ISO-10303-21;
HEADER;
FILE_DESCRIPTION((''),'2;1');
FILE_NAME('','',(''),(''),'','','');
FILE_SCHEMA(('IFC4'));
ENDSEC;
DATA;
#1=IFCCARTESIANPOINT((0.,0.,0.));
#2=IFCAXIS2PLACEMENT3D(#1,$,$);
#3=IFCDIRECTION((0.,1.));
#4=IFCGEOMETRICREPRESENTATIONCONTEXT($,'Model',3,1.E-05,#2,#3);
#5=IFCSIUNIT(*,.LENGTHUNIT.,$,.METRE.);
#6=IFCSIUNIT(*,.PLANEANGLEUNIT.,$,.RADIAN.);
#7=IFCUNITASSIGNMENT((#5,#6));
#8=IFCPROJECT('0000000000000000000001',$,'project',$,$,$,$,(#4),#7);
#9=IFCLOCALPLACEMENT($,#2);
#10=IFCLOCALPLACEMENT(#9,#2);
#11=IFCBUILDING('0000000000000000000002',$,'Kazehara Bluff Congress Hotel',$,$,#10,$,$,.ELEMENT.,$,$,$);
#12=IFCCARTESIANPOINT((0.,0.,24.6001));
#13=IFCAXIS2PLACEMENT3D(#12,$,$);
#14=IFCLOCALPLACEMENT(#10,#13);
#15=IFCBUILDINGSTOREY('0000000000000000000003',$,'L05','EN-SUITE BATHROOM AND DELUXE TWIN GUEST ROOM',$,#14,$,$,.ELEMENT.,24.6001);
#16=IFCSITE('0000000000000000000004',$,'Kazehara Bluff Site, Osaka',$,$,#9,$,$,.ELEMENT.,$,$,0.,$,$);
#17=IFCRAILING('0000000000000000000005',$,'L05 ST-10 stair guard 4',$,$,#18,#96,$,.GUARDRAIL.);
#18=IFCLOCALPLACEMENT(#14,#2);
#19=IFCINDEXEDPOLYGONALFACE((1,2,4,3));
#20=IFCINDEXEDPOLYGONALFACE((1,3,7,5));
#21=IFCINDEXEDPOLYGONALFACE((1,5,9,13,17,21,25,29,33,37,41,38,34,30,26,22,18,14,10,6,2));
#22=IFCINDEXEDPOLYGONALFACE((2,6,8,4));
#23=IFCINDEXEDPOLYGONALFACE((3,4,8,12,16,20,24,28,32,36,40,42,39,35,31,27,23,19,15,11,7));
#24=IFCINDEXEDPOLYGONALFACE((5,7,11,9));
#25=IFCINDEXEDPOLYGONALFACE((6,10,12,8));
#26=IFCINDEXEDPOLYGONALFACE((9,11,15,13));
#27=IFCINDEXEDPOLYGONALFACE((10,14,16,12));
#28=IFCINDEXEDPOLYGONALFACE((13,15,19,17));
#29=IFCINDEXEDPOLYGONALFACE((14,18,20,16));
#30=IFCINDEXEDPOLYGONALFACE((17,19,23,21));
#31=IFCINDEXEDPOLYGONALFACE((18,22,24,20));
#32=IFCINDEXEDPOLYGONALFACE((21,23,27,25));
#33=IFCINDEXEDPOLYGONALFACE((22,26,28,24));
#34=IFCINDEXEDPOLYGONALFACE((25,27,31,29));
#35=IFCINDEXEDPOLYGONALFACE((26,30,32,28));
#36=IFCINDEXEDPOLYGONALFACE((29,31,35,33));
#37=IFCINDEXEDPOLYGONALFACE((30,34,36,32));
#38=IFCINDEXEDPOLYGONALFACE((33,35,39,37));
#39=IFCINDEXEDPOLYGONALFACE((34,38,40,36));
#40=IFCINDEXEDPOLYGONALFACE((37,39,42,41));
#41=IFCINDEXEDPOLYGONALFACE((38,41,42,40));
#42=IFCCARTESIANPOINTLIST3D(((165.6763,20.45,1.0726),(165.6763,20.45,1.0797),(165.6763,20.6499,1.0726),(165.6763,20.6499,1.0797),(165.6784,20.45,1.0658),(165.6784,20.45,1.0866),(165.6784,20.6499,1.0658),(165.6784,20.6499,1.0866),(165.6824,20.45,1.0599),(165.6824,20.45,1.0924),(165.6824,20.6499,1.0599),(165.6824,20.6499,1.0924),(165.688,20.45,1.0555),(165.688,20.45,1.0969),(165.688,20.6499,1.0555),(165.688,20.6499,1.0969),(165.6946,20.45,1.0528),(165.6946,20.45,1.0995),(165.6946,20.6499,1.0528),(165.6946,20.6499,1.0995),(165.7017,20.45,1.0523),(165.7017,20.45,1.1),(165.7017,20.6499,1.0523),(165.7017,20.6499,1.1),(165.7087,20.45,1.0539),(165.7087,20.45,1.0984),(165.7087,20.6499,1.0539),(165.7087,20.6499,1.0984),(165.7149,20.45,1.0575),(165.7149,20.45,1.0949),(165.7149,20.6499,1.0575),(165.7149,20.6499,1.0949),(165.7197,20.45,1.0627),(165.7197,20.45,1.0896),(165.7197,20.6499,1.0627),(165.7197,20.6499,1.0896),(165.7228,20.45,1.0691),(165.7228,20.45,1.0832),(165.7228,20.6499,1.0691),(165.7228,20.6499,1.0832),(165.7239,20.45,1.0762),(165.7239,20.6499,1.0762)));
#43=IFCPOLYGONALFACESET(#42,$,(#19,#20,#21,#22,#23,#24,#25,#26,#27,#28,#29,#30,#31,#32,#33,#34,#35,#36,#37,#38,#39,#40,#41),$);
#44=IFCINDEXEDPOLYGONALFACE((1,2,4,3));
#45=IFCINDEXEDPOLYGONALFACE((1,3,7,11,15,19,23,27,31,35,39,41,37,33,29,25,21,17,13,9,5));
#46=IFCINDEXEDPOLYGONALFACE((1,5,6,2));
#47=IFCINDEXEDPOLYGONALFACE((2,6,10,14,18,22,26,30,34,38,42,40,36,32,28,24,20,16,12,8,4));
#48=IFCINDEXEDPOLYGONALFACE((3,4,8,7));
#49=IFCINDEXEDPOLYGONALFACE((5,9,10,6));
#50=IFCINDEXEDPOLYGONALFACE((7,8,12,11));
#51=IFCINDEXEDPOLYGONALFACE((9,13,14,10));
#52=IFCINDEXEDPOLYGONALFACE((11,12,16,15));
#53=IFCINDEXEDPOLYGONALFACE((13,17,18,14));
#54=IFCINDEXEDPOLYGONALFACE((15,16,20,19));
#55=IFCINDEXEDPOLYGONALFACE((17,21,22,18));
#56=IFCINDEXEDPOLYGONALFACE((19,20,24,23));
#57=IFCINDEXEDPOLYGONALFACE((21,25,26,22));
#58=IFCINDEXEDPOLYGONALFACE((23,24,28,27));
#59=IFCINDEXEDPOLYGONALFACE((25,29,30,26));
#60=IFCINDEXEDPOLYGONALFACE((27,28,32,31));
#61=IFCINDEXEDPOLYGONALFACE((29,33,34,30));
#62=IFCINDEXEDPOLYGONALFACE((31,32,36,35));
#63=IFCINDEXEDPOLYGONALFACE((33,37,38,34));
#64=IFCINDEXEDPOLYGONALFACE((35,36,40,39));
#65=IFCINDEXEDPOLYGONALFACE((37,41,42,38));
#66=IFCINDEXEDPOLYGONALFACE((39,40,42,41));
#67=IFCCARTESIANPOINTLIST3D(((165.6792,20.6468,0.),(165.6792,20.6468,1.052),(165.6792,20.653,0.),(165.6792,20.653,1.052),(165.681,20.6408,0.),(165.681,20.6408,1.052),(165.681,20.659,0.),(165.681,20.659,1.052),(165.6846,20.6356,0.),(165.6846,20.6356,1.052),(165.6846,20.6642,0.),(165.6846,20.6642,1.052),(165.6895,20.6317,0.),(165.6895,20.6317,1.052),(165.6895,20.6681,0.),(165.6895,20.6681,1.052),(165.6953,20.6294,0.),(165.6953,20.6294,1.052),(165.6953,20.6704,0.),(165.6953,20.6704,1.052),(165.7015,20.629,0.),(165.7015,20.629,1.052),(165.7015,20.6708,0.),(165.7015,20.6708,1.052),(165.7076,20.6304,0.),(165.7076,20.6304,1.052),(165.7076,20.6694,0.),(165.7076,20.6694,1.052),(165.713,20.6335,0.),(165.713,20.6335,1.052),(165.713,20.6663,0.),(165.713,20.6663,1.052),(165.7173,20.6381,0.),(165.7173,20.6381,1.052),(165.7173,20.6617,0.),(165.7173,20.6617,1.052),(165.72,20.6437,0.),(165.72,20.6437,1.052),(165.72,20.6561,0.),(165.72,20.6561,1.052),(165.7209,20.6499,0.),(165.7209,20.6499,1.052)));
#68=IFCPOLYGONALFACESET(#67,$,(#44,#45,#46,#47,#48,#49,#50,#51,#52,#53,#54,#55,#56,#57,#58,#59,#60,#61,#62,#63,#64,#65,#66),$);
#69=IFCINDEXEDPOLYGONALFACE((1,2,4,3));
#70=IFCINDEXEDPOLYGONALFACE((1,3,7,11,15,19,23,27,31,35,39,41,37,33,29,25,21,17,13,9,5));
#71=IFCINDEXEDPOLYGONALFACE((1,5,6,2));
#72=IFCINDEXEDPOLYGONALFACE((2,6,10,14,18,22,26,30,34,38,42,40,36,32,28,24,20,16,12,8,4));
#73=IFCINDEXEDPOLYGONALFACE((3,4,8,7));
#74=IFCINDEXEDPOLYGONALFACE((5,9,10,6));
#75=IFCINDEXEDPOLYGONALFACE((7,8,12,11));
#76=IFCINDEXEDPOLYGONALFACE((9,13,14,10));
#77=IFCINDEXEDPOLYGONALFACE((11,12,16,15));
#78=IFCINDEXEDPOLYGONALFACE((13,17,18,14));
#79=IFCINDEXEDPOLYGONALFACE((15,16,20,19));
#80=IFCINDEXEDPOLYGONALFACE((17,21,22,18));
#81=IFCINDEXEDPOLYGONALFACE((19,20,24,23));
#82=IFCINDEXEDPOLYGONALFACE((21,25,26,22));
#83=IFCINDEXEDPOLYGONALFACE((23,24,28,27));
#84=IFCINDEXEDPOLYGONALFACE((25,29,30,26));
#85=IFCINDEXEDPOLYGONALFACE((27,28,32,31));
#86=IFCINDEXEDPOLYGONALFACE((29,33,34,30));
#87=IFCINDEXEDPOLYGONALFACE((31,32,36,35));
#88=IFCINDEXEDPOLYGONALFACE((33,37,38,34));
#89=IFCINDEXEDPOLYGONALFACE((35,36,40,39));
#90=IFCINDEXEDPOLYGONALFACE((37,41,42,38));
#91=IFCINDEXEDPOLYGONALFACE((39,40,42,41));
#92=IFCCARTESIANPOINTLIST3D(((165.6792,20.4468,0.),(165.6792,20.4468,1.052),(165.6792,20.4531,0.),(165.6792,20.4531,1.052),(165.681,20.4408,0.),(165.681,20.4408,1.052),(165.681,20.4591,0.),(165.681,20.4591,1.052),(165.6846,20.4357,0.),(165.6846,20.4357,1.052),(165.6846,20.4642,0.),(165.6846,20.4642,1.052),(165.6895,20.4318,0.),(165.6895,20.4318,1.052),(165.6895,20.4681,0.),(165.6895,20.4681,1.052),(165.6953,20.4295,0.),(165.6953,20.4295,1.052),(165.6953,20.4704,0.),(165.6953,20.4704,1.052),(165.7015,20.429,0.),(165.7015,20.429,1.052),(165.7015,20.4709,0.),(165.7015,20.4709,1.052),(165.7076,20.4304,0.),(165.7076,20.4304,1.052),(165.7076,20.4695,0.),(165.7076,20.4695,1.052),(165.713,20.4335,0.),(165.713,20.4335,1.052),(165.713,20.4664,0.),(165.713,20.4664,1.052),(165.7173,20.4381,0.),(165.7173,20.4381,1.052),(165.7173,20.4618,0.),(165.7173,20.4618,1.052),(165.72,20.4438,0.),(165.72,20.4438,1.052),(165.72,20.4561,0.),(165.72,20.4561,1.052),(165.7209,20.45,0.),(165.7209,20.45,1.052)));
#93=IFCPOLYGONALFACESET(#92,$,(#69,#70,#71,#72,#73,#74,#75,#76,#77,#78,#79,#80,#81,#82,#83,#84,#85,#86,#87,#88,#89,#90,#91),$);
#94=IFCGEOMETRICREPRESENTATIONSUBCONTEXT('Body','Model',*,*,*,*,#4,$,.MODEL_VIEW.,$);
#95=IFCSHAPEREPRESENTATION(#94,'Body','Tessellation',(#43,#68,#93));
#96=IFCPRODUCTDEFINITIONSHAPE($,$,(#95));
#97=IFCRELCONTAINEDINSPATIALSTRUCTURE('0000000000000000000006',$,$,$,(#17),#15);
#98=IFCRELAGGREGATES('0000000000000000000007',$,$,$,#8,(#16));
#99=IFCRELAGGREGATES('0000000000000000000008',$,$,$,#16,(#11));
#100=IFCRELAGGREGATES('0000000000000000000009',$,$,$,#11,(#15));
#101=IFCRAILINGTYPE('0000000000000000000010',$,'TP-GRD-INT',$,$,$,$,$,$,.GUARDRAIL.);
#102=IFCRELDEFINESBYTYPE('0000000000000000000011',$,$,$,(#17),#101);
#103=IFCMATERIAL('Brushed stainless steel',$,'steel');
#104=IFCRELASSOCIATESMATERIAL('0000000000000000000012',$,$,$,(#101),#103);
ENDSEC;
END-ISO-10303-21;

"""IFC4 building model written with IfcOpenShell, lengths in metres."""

from ifc_helpers import new_model, si_unit, direction, frame, origin, origin_2d, place, context, subcontext, project, spatial, circle, extrude, material, type_object, element, save


model = new_model("IFC4")

# Units and contexts
model_context = context("Model", 3, precision=1e-05, world=origin(), true_north=direction((0.0, 1.0)))
body_context = subcontext(model_context, "Body", "Model", "MODEL_VIEW")
ifc_project = project(units=[si_unit("LENGTHUNIT", "METRE"), si_unit("PLANEANGLEUNIT", "RADIAN")], contexts=[model_context])

# Site, building, storey
site_placement = place(None, origin())
site = spatial("IfcSite", under=ifc_project, at=site_placement, Name="Kazehara Bluff Site, Osaka", CompositionType="ELEMENT", RefElevation=0.0)
building_placement = place(site_placement, origin())
building = spatial("IfcBuilding", under=site, at=building_placement, Name="Kazehara Bluff Congress Hotel", CompositionType="ELEMENT")
storey_placement = place(building_placement, frame((0.0, 0.0, 24.6001)))
storey = spatial("IfcBuildingStorey", under=building, at=storey_placement, Name="L05", Description="EN-SUITE BATHROOM AND DELUXE TWIN GUEST ROOM", CompositionType="ELEMENT", Elevation=24.6001)

# Railing
ifc_material_1 = material(Name="Brushed stainless steel", Category="steel")
railing_type_1 = type_object("IfcRailingType", Name="TP-GRD-INT", PredefinedType="GUARDRAIL", material=ifc_material_1)
railing_1_placement = place(storey_placement, frame((165.7, 20.6499, 0.0)))
element("IfcRailing", 1, at=railing_1_placement, inside=storey, type_object=railing_type_1, Name="L05 ST-10 stair guard 4", PredefinedType="GUARDRAIL", context=body_context, shape_type="SweptSolid", body=[
    extrude(circle(Radius=0.0239, at=origin_2d()), frame((0.0, 0.0, 1.0762), z_axis=(0.0, -1.0, 0.0), x_axis=(1.0, 0.0, 0.0)), (0.0, 0.0, 1.0), 0.2),
    extrude(circle(Radius=0.021, at=origin_2d()), origin(), (0.0, 0.0, 1.0), 1.052),
    extrude(circle(Radius=0.021, at=origin_2d()), frame((0.0, -0.2, 0.0)), (0.0, 0.0, 1.0), 1.052),
])

save(model, "model.ifc")
